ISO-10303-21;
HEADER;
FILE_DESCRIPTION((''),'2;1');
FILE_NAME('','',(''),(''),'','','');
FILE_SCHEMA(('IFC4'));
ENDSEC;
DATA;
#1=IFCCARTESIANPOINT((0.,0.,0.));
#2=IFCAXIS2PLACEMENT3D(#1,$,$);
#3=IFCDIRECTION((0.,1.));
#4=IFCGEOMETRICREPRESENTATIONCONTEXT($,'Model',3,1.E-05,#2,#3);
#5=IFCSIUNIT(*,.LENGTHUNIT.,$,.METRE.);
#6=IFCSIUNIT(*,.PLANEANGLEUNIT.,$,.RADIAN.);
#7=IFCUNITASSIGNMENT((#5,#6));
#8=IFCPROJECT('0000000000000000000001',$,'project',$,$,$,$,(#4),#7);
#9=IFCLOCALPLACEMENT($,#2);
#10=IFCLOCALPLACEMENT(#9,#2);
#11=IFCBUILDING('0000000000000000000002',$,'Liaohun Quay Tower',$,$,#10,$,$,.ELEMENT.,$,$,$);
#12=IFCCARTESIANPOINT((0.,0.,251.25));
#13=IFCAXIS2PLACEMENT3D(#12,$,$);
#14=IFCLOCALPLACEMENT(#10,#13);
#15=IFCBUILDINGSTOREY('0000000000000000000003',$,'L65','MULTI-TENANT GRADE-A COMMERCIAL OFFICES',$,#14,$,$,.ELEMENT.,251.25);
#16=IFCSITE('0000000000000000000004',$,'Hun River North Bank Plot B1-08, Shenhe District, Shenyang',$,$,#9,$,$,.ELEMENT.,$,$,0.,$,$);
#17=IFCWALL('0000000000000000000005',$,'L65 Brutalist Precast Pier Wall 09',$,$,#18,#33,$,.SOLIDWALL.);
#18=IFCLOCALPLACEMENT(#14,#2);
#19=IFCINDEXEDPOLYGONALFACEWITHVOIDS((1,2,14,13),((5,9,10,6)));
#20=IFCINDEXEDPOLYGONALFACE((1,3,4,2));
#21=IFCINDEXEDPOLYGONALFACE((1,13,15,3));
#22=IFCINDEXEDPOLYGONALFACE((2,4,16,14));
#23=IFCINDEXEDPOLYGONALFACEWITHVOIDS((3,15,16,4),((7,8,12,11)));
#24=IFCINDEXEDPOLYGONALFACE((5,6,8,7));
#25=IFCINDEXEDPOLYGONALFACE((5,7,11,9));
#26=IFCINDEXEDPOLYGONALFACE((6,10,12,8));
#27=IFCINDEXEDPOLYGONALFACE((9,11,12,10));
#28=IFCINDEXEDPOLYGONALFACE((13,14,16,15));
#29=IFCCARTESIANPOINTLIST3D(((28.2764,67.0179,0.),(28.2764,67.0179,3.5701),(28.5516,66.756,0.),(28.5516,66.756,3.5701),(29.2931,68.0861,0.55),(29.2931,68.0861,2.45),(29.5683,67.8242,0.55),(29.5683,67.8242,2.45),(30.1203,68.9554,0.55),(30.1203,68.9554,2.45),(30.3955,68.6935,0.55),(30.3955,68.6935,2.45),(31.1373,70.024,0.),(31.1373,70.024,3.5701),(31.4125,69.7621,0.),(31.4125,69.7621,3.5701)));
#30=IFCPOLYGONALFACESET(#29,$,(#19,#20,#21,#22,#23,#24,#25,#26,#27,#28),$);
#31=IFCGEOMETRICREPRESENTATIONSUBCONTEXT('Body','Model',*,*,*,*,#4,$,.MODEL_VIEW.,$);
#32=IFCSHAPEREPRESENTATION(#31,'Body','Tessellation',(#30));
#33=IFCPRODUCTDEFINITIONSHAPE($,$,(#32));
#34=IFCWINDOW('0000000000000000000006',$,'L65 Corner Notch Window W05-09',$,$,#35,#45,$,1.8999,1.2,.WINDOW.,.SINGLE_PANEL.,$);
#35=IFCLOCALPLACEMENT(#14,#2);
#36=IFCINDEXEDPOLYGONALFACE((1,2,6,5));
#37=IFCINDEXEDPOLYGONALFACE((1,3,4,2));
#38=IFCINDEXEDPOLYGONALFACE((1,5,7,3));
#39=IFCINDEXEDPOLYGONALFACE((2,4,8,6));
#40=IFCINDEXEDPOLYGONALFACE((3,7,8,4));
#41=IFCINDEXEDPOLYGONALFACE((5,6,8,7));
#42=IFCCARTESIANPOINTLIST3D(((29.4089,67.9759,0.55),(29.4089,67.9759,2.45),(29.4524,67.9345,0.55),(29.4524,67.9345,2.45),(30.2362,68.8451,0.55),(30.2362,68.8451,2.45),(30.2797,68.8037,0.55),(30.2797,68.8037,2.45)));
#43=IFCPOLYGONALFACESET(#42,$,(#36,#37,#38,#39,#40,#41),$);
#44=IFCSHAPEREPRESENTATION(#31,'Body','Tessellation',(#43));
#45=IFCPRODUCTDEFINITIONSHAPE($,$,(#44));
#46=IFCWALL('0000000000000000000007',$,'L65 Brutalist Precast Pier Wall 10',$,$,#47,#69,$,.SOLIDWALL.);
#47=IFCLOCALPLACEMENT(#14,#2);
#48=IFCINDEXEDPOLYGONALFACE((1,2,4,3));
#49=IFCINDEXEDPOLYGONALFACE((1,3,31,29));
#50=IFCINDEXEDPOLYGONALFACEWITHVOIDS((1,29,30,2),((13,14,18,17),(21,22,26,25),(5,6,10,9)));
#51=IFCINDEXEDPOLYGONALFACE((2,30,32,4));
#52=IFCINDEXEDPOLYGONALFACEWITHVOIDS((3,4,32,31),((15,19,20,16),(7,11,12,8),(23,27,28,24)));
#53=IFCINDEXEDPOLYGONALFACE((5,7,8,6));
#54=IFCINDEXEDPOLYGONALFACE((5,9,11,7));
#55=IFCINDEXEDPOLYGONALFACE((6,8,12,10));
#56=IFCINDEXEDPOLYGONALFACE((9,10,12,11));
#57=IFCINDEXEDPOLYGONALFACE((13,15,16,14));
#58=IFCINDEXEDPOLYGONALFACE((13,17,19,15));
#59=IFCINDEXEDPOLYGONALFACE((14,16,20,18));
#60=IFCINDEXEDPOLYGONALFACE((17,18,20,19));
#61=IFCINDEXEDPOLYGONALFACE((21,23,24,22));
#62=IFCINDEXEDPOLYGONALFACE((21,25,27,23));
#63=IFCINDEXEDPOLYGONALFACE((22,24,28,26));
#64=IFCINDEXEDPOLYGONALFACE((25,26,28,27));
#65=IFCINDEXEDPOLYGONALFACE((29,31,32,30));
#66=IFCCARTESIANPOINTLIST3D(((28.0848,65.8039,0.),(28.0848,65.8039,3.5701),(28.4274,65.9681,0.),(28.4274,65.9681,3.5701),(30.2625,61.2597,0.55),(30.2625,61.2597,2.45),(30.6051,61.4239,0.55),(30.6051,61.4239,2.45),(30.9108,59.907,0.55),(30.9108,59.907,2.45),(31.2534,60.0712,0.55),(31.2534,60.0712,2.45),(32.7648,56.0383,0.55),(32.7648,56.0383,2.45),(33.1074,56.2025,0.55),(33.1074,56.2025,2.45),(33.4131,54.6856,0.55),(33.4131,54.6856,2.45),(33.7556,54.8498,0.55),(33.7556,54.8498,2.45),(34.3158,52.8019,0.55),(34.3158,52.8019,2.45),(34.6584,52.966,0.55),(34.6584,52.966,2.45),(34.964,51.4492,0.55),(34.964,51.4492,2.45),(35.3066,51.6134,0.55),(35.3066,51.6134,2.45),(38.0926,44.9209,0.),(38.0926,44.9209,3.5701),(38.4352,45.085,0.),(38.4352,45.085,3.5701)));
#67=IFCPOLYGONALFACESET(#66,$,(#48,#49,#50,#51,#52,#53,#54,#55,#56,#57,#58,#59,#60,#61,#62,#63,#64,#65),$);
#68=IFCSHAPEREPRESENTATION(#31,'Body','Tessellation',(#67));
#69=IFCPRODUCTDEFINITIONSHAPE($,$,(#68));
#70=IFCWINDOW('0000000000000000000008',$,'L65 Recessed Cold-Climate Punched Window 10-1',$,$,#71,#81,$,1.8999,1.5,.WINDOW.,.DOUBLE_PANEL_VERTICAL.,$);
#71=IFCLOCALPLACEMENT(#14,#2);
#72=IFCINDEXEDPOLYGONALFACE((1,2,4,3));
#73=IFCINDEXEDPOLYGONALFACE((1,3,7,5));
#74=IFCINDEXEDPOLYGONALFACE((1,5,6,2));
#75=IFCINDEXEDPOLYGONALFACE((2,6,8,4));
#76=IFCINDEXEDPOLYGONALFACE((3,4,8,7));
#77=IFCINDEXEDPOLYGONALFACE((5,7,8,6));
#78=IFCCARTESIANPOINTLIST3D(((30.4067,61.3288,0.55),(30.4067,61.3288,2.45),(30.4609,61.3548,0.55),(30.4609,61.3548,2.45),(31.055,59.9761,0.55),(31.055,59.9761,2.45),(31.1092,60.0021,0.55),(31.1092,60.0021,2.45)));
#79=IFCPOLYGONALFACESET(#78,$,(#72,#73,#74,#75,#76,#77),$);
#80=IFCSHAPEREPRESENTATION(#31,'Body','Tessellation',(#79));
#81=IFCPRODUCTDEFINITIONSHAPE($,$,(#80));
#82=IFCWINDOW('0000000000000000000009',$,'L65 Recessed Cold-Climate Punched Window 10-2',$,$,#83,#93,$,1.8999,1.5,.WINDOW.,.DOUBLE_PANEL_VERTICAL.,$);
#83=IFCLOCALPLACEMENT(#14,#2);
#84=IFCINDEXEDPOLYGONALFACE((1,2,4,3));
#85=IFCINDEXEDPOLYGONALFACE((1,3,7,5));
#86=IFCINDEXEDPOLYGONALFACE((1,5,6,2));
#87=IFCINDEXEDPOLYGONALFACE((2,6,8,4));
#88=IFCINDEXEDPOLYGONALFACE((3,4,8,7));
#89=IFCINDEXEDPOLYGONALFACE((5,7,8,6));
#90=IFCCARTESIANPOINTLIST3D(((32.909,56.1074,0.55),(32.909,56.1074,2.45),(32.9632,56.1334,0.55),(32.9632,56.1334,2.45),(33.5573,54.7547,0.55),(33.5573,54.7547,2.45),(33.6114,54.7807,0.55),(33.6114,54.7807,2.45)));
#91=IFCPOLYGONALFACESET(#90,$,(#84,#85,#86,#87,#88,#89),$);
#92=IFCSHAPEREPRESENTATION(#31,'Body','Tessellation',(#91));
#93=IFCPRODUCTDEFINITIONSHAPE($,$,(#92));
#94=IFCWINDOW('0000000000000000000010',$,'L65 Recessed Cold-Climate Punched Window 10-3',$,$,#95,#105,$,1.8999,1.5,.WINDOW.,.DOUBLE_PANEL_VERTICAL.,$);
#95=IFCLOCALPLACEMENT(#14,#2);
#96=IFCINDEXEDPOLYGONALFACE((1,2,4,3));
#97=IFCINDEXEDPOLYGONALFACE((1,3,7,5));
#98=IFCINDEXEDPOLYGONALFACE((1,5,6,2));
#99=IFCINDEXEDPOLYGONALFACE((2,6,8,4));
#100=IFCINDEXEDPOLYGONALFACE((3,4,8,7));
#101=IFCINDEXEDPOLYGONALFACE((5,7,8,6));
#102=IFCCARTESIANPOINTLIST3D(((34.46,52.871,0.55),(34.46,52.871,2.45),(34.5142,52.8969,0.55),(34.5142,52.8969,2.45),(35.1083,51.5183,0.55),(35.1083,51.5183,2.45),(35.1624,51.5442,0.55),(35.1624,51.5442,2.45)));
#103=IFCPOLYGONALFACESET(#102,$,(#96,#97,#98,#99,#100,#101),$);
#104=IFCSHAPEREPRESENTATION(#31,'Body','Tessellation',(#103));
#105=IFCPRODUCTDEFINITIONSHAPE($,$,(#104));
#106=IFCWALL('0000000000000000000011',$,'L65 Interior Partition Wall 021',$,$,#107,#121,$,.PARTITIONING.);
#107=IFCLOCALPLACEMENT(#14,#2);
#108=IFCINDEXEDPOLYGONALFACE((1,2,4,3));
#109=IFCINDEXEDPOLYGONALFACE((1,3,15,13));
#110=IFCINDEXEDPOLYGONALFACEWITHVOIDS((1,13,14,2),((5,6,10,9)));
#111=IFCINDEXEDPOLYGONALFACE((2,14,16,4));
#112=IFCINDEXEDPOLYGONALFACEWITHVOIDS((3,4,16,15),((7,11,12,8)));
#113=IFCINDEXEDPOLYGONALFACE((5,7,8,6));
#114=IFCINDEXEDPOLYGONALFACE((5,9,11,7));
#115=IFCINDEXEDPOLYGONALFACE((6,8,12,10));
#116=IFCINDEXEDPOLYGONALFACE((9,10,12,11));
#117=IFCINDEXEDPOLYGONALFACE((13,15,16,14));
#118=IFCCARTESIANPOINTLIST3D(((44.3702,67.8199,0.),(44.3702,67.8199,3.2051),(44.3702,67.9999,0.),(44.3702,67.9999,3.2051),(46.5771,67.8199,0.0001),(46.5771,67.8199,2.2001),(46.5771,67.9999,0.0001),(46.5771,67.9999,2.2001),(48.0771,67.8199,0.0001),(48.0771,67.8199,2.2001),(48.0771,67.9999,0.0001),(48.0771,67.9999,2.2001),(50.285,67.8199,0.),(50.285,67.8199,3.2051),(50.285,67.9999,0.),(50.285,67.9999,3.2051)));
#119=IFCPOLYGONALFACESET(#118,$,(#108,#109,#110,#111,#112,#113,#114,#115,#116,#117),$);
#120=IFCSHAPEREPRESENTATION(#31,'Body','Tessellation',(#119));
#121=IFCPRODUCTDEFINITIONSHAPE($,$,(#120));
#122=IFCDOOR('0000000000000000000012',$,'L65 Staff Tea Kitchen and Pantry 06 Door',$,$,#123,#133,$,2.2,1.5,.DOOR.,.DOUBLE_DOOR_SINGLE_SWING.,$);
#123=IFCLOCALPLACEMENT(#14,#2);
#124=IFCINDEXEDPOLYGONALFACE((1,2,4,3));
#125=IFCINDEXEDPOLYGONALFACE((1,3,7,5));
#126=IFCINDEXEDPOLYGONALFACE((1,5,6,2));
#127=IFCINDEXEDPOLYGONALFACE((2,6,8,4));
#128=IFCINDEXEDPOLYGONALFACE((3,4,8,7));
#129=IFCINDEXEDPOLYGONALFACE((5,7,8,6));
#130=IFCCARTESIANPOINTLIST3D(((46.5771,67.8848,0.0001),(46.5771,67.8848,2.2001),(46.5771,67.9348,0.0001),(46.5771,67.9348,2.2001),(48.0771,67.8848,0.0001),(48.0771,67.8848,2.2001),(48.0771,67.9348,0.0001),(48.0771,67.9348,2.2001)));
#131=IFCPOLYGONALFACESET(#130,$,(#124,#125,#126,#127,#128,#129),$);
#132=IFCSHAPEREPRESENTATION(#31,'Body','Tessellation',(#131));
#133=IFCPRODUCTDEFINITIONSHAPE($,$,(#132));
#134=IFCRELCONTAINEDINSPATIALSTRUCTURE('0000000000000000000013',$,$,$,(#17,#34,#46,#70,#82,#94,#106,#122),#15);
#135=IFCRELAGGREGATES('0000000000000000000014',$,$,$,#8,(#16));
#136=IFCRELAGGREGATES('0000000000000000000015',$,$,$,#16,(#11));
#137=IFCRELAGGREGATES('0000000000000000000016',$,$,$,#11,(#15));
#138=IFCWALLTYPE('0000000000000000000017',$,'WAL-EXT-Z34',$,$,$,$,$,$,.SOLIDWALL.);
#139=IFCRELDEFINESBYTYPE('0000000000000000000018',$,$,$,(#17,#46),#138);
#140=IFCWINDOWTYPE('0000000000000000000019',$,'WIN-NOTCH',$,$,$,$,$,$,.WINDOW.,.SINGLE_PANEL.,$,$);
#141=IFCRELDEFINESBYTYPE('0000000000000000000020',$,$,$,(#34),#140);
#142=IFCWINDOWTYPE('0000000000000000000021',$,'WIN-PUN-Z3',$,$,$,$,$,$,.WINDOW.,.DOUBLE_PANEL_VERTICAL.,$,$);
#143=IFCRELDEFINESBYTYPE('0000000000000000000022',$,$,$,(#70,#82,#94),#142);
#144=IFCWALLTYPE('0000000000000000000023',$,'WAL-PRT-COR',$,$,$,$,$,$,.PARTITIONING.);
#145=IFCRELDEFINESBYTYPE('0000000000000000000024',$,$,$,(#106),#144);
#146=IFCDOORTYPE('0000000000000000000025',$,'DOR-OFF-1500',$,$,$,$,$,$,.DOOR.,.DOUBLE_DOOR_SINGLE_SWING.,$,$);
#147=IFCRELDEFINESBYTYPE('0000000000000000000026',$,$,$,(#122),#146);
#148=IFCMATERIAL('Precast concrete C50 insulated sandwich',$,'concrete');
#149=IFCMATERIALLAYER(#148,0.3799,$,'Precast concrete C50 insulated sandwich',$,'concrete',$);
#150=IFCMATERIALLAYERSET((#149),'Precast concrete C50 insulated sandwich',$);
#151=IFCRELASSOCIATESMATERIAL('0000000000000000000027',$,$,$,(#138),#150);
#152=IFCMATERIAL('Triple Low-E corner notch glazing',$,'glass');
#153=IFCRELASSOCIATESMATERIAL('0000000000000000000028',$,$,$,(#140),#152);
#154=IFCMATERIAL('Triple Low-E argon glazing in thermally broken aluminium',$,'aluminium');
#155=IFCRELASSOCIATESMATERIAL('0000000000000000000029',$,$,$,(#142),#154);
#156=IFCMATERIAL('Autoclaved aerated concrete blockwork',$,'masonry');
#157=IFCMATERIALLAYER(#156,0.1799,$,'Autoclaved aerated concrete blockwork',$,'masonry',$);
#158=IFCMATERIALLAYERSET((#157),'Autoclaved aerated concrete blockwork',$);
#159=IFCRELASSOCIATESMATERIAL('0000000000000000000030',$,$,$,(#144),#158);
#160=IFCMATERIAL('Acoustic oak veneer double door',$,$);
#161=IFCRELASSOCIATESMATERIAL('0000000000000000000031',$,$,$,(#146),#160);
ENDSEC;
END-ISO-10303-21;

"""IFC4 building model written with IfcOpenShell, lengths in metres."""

from ifc_helpers import new_model, si_unit, direction, frame, frame_2d, origin, place, context, subcontext, project, spatial, rectangle, extrude, source, transform, mapped, material, layer, layer_set, type_object, element, fill, save


model = new_model("IFC4")

# Units and contexts
model_context = context("Model", 3, precision=1e-05, world=origin(), true_north=direction((0.0, 1.0)))
body_context = subcontext(model_context, "Body", "Model", "MODEL_VIEW")
ifc_project = project(units=[si_unit("LENGTHUNIT", "METRE"), si_unit("PLANEANGLEUNIT", "RADIAN")], contexts=[model_context])

# Site, building, storey
site_placement = place(None, origin())
site = spatial("IfcSite", under=ifc_project, at=site_placement, Name="Hun River North Bank Plot B1-08, Shenhe District, Shenyang", CompositionType="ELEMENT", RefElevation=0.0)
building_placement = place(site_placement, origin())
building = spatial("IfcBuilding", under=site, at=building_placement, Name="Liaohun Quay Tower", CompositionType="ELEMENT")
storey_placement = place(building_placement, frame((0.0, 0.0, 251.25)))
storey = spatial("IfcBuildingStorey", under=building, at=storey_placement, Name="L65", Description="MULTI-TENANT GRADE-A COMMERCIAL OFFICES", CompositionType="ELEMENT", Elevation=251.25)

# Wall, opening, window
ifc_material_1 = material(Name="Precast concrete C50 insulated sandwich", Category="concrete")
ifc_layer_1 = layer(ifc_material_1, 0.3799, Name="Precast concrete C50 insulated sandwich", Category="concrete")
ifc_layer_set_1 = layer_set([ifc_layer_1], Name="Precast concrete C50 insulated sandwich")
wall_type_1 = type_object("IfcWallType", Name="WAL-EXT-Z34", PredefinedType="SOLIDWALL", material=ifc_layer_set_1)
shared_shape_1 = source(origin(), body_context, "Body", "SweptSolid", [
    extrude(rectangle(XDim=1.2, YDim=1.8999, at=frame_2d((0.6001, 0.95))), frame((0.0, 0.2, 0.0), z_axis=(0.0, -1.0, 0.0), x_axis=(1.0, 0.0, 0.0)), (0.0, 0.0, 1.0), 0.3999),
])
ifc_material_2 = material(Name="Triple Low-E corner notch glazing", Category="glass")
window_type_1 = type_object("IfcWindowType", Name="WIN-NOTCH", PartitioningType="SINGLE_PANEL", PredefinedType="WINDOW", material=ifc_material_2)
shared_shape_2 = source(origin(), body_context, "Body", "SweptSolid", [
    extrude(rectangle(XDim=1.2, YDim=1.8999, at=frame_2d((0.6001, 0.95))), frame((0.0, 0.03, 0.0), z_axis=(0.0, -1.0, 0.0), x_axis=(1.0, 0.0, 0.0)), (0.0, 0.0, 1.0), 0.0601),
])
wall_1_placement = place(storey_placement, frame((31.2749, 69.8931, 0.0), z_axis=(0.0, 0.0, 1.0), x_axis=(-0.689388, -0.724393, 0.0)))
wall_1 = element("IfcWall", 1, at=wall_1_placement, inside=storey, type_object=wall_type_1, Name="L65 Brutalist Precast Pier Wall 09", PredefinedType="SOLIDWALL", context=body_context, shape_type="SweptSolid", body=[
    extrude(rectangle(XDim=4.1499, YDim=0.3799, at=frame_2d((2.075, 0.0))), origin(), (0.0, 0.0, 1.0), 3.5701),
])
opening_1_placement = place(wall_1_placement, frame((1.4751, 0.0, 0.55)))
opening_1 = element("IfcOpeningElement", 2, at=opening_1_placement, cuts=wall_1, PredefinedType="OPENING", context=body_context, shape_type="MappedRepresentation", body=[
    mapped(shared_shape_1, transform((0.0, 0.0, 0.0), x_axis=(1.0, 0.0, 0.0), y_axis=(0.0, 1.0, 0.0), z_axis=(0.0, 0.0, 1.0), scale=1.0)),
])
window_1_placement = place(opening_1_placement, origin())
window_1 = element("IfcWindow", 3, at=window_1_placement, inside=storey, type_object=window_type_1, Name="L65 Corner Notch Window W05-09", OverallHeight=1.8999, OverallWidth=1.2, PartitioningType="SINGLE_PANEL", PredefinedType="WINDOW", context=body_context, shape_type="MappedRepresentation", body=[
    mapped(shared_shape_2, transform((0.0, 0.0, 0.0), x_axis=(1.0, 0.0, 0.0), y_axis=(0.0, 1.0, 0.0), z_axis=(0.0, 0.0, 1.0), scale=1.0)),
])
fill(opening_1, window_1)

# Wall, openings, windows
wall_2_placement = place(storey_placement, frame((28.2561, 65.886, 0.0), z_axis=(0.0, 0.0, 1.0), x_axis=(0.432168, -0.901793, 0.0)))
wall_2 = element("IfcWall", 4, at=wall_2_placement, inside=storey, type_object=wall_type_1, Name="L65 Brutalist Precast Pier Wall 10", PredefinedType="SOLIDWALL", context=body_context, shape_type="SweptSolid", body=[
    extrude(rectangle(XDim=23.1572, YDim=0.3799, at=frame_2d((11.5786, 0.0))), origin(), (0.0, 0.0, 1.0), 3.5701),
])
shared_shape_3 = source(origin(), body_context, "Body", "SweptSolid", [
    extrude(rectangle(XDim=1.5, YDim=1.8999, at=frame_2d((0.75, 0.95))), frame((0.0, 0.2, 0.0), z_axis=(0.0, -1.0, 0.0), x_axis=(1.0, 0.0, 0.0)), (0.0, 0.0, 1.0), 0.3999),
])
opening_2_placement = place(wall_2_placement, frame((5.0391, 0.0, 0.55)))
opening_2 = element("IfcOpeningElement", 5, at=opening_2_placement, cuts=wall_2, PredefinedType="OPENING", context=body_context, shape_type="MappedRepresentation", body=[
    mapped(shared_shape_3, transform((0.0, 0.0, 0.0), x_axis=(1.0, 0.0, 0.0), y_axis=(0.0, 1.0, 0.0), z_axis=(0.0, 0.0, 1.0), scale=1.0)),
])
opening_3_placement = place(wall_2_placement, frame((10.8291, 0.0, 0.55)))
opening_3 = element("IfcOpeningElement", 6, at=opening_3_placement, cuts=wall_2, PredefinedType="OPENING", context=body_context, shape_type="MappedRepresentation", body=[
    mapped(shared_shape_3, transform((0.0, 0.0, 0.0), x_axis=(1.0, 0.0, 0.0), y_axis=(0.0, 1.0, 0.0), z_axis=(0.0, 0.0, 1.0), scale=1.0)),
])
opening_4_placement = place(wall_2_placement, frame((14.418, 0.0, 0.55)))
opening_4 = element("IfcOpeningElement", 7, at=opening_4_placement, cuts=wall_2, PredefinedType="OPENING", context=body_context, shape_type="MappedRepresentation", body=[
    mapped(shared_shape_3, transform((0.0, 0.0, 0.0), x_axis=(1.0, 0.0, 0.0), y_axis=(0.0, 1.0, 0.0), z_axis=(0.0, 0.0, 1.0), scale=1.0)),
])
ifc_material_3 = material(Name="Triple Low-E argon glazing in thermally broken aluminium", Category="aluminium")
window_type_2 = type_object("IfcWindowType", Name="WIN-PUN-Z3", PartitioningType="DOUBLE_PANEL_VERTICAL", PredefinedType="WINDOW", material=ifc_material_3)
shared_shape_4 = source(origin(), body_context, "Body", "SweptSolid", [
    extrude(rectangle(XDim=1.5, YDim=1.8999, at=frame_2d((0.75, 0.95))), frame((0.0, 0.03, 0.0), z_axis=(0.0, -1.0, 0.0), x_axis=(1.0, 0.0, 0.0)), (0.0, 0.0, 1.0), 0.0601),
])
window_2_placement = place(opening_2_placement, origin())
window_2 = element("IfcWindow", 8, at=window_2_placement, inside=storey, type_object=window_type_2, Name="L65 Recessed Cold-Climate Punched Window 10-1", OverallHeight=1.8999, OverallWidth=1.5, PartitioningType="DOUBLE_PANEL_VERTICAL", PredefinedType="WINDOW", context=body_context, shape_type="MappedRepresentation", body=[
    mapped(shared_shape_4, transform((0.0, 0.0, 0.0), x_axis=(1.0, 0.0, 0.0), y_axis=(0.0, 1.0, 0.0), z_axis=(0.0, 0.0, 1.0), scale=1.0)),
])
fill(opening_2, window_2)
window_3_placement = place(opening_3_placement, origin())
window_3 = element("IfcWindow", 9, at=window_3_placement, inside=storey, type_object=window_type_2, Name="L65 Recessed Cold-Climate Punched Window 10-2", OverallHeight=1.8999, OverallWidth=1.5, PartitioningType="DOUBLE_PANEL_VERTICAL", PredefinedType="WINDOW", context=body_context, shape_type="MappedRepresentation", body=[
    mapped(shared_shape_4, transform((0.0, 0.0, 0.0), x_axis=(1.0, 0.0, 0.0), y_axis=(0.0, 1.0, 0.0), z_axis=(0.0, 0.0, 1.0), scale=1.0)),
])
fill(opening_3, window_3)
window_4_placement = place(opening_4_placement, origin())
window_4 = element("IfcWindow", 10, at=window_4_placement, inside=storey, type_object=window_type_2, Name="L65 Recessed Cold-Climate Punched Window 10-3", OverallHeight=1.8999, OverallWidth=1.5, PartitioningType="DOUBLE_PANEL_VERTICAL", PredefinedType="WINDOW", context=body_context, shape_type="MappedRepresentation", body=[
    mapped(shared_shape_4, transform((0.0, 0.0, 0.0), x_axis=(1.0, 0.0, 0.0), y_axis=(0.0, 1.0, 0.0), z_axis=(0.0, 0.0, 1.0), scale=1.0)),
])
fill(opening_4, window_4)

# Wall, opening, door
ifc_material_4 = material(Name="Autoclaved aerated concrete blockwork", Category="masonry")
ifc_layer_2 = layer(ifc_material_4, 0.1799, Name="Autoclaved aerated concrete blockwork", Category="masonry")
ifc_layer_set_2 = layer_set([ifc_layer_2], Name="Autoclaved aerated concrete blockwork")
wall_type_2 = type_object("IfcWallType", Name="WAL-PRT-COR", PredefinedType="PARTITIONING", material=ifc_layer_set_2)
wall_3_placement = place(storey_placement, frame((44.3701, 67.9099, 0.0), z_axis=(0.0, 0.0, 1.0), x_axis=(1.0, 0.0, 0.0)))
wall_3 = element("IfcWall", 11, at=wall_3_placement, inside=storey, type_object=wall_type_2, Name="L65 Interior Partition Wall 021", PredefinedType="PARTITIONING", context=body_context, shape_type="SweptSolid", body=[
    extrude(rectangle(XDim=5.9148, YDim=0.1799, at=frame_2d((2.9575, 0.0))), origin(), (0.0, 0.0, 1.0), 3.2051),
])
shared_shape_5 = source(origin(), body_context, "Body", "SweptSolid", [
    extrude(rectangle(XDim=1.5, YDim=2.2, at=frame_2d((0.75, 1.1001))), frame((0.0, 0.0999, 0.0), z_axis=(0.0, -1.0, 0.0), x_axis=(1.0, 0.0, 0.0)), (0.0, 0.0, 1.0), 0.2),
])
opening_5_placement = place(wall_3_placement, frame((2.207, 0.0, 0.0)))
opening_5 = element("IfcOpeningElement", 12, at=opening_5_placement, cuts=wall_3, PredefinedType="OPENING", context=body_context, shape_type="MappedRepresentation", body=[
    mapped(shared_shape_5, transform((0.0, 0.0, 0.0), x_axis=(1.0, 0.0, 0.0), y_axis=(0.0, 1.0, 0.0), z_axis=(0.0, 0.0, 1.0), scale=1.0)),
])
ifc_material_5 = material(Name="Acoustic oak veneer double door")
door_type_1 = type_object("IfcDoorType", Name="DOR-OFF-1500", OperationType="DOUBLE_DOOR_SINGLE_SWING", PredefinedType="DOOR", material=ifc_material_5)
shared_shape_6 = source(origin(), body_context, "Body", "SweptSolid", [
    extrude(rectangle(XDim=1.5, YDim=2.2, at=frame_2d((0.75, 1.1001))), frame((0.0, 0.0249, 0.0), z_axis=(0.0, -1.0, 0.0), x_axis=(1.0, 0.0, 0.0)), (0.0, 0.0, 1.0), 0.05),
])
door_1_placement = place(opening_5_placement, origin())
door_1 = element("IfcDoor", 13, at=door_1_placement, inside=storey, type_object=door_type_1, Name="L65 Staff Tea Kitchen and Pantry 06 Door", OperationType="DOUBLE_DOOR_SINGLE_SWING", OverallHeight=2.2, OverallWidth=1.5, PredefinedType="DOOR", context=body_context, shape_type="MappedRepresentation", body=[
    mapped(shared_shape_6, transform((0.0, 0.0, 0.0), x_axis=(1.0, 0.0, 0.0), y_axis=(0.0, 1.0, 0.0), z_axis=(0.0, 0.0, 1.0), scale=1.0)),
])
fill(opening_5, door_1)

save(model, "model.ifc")
